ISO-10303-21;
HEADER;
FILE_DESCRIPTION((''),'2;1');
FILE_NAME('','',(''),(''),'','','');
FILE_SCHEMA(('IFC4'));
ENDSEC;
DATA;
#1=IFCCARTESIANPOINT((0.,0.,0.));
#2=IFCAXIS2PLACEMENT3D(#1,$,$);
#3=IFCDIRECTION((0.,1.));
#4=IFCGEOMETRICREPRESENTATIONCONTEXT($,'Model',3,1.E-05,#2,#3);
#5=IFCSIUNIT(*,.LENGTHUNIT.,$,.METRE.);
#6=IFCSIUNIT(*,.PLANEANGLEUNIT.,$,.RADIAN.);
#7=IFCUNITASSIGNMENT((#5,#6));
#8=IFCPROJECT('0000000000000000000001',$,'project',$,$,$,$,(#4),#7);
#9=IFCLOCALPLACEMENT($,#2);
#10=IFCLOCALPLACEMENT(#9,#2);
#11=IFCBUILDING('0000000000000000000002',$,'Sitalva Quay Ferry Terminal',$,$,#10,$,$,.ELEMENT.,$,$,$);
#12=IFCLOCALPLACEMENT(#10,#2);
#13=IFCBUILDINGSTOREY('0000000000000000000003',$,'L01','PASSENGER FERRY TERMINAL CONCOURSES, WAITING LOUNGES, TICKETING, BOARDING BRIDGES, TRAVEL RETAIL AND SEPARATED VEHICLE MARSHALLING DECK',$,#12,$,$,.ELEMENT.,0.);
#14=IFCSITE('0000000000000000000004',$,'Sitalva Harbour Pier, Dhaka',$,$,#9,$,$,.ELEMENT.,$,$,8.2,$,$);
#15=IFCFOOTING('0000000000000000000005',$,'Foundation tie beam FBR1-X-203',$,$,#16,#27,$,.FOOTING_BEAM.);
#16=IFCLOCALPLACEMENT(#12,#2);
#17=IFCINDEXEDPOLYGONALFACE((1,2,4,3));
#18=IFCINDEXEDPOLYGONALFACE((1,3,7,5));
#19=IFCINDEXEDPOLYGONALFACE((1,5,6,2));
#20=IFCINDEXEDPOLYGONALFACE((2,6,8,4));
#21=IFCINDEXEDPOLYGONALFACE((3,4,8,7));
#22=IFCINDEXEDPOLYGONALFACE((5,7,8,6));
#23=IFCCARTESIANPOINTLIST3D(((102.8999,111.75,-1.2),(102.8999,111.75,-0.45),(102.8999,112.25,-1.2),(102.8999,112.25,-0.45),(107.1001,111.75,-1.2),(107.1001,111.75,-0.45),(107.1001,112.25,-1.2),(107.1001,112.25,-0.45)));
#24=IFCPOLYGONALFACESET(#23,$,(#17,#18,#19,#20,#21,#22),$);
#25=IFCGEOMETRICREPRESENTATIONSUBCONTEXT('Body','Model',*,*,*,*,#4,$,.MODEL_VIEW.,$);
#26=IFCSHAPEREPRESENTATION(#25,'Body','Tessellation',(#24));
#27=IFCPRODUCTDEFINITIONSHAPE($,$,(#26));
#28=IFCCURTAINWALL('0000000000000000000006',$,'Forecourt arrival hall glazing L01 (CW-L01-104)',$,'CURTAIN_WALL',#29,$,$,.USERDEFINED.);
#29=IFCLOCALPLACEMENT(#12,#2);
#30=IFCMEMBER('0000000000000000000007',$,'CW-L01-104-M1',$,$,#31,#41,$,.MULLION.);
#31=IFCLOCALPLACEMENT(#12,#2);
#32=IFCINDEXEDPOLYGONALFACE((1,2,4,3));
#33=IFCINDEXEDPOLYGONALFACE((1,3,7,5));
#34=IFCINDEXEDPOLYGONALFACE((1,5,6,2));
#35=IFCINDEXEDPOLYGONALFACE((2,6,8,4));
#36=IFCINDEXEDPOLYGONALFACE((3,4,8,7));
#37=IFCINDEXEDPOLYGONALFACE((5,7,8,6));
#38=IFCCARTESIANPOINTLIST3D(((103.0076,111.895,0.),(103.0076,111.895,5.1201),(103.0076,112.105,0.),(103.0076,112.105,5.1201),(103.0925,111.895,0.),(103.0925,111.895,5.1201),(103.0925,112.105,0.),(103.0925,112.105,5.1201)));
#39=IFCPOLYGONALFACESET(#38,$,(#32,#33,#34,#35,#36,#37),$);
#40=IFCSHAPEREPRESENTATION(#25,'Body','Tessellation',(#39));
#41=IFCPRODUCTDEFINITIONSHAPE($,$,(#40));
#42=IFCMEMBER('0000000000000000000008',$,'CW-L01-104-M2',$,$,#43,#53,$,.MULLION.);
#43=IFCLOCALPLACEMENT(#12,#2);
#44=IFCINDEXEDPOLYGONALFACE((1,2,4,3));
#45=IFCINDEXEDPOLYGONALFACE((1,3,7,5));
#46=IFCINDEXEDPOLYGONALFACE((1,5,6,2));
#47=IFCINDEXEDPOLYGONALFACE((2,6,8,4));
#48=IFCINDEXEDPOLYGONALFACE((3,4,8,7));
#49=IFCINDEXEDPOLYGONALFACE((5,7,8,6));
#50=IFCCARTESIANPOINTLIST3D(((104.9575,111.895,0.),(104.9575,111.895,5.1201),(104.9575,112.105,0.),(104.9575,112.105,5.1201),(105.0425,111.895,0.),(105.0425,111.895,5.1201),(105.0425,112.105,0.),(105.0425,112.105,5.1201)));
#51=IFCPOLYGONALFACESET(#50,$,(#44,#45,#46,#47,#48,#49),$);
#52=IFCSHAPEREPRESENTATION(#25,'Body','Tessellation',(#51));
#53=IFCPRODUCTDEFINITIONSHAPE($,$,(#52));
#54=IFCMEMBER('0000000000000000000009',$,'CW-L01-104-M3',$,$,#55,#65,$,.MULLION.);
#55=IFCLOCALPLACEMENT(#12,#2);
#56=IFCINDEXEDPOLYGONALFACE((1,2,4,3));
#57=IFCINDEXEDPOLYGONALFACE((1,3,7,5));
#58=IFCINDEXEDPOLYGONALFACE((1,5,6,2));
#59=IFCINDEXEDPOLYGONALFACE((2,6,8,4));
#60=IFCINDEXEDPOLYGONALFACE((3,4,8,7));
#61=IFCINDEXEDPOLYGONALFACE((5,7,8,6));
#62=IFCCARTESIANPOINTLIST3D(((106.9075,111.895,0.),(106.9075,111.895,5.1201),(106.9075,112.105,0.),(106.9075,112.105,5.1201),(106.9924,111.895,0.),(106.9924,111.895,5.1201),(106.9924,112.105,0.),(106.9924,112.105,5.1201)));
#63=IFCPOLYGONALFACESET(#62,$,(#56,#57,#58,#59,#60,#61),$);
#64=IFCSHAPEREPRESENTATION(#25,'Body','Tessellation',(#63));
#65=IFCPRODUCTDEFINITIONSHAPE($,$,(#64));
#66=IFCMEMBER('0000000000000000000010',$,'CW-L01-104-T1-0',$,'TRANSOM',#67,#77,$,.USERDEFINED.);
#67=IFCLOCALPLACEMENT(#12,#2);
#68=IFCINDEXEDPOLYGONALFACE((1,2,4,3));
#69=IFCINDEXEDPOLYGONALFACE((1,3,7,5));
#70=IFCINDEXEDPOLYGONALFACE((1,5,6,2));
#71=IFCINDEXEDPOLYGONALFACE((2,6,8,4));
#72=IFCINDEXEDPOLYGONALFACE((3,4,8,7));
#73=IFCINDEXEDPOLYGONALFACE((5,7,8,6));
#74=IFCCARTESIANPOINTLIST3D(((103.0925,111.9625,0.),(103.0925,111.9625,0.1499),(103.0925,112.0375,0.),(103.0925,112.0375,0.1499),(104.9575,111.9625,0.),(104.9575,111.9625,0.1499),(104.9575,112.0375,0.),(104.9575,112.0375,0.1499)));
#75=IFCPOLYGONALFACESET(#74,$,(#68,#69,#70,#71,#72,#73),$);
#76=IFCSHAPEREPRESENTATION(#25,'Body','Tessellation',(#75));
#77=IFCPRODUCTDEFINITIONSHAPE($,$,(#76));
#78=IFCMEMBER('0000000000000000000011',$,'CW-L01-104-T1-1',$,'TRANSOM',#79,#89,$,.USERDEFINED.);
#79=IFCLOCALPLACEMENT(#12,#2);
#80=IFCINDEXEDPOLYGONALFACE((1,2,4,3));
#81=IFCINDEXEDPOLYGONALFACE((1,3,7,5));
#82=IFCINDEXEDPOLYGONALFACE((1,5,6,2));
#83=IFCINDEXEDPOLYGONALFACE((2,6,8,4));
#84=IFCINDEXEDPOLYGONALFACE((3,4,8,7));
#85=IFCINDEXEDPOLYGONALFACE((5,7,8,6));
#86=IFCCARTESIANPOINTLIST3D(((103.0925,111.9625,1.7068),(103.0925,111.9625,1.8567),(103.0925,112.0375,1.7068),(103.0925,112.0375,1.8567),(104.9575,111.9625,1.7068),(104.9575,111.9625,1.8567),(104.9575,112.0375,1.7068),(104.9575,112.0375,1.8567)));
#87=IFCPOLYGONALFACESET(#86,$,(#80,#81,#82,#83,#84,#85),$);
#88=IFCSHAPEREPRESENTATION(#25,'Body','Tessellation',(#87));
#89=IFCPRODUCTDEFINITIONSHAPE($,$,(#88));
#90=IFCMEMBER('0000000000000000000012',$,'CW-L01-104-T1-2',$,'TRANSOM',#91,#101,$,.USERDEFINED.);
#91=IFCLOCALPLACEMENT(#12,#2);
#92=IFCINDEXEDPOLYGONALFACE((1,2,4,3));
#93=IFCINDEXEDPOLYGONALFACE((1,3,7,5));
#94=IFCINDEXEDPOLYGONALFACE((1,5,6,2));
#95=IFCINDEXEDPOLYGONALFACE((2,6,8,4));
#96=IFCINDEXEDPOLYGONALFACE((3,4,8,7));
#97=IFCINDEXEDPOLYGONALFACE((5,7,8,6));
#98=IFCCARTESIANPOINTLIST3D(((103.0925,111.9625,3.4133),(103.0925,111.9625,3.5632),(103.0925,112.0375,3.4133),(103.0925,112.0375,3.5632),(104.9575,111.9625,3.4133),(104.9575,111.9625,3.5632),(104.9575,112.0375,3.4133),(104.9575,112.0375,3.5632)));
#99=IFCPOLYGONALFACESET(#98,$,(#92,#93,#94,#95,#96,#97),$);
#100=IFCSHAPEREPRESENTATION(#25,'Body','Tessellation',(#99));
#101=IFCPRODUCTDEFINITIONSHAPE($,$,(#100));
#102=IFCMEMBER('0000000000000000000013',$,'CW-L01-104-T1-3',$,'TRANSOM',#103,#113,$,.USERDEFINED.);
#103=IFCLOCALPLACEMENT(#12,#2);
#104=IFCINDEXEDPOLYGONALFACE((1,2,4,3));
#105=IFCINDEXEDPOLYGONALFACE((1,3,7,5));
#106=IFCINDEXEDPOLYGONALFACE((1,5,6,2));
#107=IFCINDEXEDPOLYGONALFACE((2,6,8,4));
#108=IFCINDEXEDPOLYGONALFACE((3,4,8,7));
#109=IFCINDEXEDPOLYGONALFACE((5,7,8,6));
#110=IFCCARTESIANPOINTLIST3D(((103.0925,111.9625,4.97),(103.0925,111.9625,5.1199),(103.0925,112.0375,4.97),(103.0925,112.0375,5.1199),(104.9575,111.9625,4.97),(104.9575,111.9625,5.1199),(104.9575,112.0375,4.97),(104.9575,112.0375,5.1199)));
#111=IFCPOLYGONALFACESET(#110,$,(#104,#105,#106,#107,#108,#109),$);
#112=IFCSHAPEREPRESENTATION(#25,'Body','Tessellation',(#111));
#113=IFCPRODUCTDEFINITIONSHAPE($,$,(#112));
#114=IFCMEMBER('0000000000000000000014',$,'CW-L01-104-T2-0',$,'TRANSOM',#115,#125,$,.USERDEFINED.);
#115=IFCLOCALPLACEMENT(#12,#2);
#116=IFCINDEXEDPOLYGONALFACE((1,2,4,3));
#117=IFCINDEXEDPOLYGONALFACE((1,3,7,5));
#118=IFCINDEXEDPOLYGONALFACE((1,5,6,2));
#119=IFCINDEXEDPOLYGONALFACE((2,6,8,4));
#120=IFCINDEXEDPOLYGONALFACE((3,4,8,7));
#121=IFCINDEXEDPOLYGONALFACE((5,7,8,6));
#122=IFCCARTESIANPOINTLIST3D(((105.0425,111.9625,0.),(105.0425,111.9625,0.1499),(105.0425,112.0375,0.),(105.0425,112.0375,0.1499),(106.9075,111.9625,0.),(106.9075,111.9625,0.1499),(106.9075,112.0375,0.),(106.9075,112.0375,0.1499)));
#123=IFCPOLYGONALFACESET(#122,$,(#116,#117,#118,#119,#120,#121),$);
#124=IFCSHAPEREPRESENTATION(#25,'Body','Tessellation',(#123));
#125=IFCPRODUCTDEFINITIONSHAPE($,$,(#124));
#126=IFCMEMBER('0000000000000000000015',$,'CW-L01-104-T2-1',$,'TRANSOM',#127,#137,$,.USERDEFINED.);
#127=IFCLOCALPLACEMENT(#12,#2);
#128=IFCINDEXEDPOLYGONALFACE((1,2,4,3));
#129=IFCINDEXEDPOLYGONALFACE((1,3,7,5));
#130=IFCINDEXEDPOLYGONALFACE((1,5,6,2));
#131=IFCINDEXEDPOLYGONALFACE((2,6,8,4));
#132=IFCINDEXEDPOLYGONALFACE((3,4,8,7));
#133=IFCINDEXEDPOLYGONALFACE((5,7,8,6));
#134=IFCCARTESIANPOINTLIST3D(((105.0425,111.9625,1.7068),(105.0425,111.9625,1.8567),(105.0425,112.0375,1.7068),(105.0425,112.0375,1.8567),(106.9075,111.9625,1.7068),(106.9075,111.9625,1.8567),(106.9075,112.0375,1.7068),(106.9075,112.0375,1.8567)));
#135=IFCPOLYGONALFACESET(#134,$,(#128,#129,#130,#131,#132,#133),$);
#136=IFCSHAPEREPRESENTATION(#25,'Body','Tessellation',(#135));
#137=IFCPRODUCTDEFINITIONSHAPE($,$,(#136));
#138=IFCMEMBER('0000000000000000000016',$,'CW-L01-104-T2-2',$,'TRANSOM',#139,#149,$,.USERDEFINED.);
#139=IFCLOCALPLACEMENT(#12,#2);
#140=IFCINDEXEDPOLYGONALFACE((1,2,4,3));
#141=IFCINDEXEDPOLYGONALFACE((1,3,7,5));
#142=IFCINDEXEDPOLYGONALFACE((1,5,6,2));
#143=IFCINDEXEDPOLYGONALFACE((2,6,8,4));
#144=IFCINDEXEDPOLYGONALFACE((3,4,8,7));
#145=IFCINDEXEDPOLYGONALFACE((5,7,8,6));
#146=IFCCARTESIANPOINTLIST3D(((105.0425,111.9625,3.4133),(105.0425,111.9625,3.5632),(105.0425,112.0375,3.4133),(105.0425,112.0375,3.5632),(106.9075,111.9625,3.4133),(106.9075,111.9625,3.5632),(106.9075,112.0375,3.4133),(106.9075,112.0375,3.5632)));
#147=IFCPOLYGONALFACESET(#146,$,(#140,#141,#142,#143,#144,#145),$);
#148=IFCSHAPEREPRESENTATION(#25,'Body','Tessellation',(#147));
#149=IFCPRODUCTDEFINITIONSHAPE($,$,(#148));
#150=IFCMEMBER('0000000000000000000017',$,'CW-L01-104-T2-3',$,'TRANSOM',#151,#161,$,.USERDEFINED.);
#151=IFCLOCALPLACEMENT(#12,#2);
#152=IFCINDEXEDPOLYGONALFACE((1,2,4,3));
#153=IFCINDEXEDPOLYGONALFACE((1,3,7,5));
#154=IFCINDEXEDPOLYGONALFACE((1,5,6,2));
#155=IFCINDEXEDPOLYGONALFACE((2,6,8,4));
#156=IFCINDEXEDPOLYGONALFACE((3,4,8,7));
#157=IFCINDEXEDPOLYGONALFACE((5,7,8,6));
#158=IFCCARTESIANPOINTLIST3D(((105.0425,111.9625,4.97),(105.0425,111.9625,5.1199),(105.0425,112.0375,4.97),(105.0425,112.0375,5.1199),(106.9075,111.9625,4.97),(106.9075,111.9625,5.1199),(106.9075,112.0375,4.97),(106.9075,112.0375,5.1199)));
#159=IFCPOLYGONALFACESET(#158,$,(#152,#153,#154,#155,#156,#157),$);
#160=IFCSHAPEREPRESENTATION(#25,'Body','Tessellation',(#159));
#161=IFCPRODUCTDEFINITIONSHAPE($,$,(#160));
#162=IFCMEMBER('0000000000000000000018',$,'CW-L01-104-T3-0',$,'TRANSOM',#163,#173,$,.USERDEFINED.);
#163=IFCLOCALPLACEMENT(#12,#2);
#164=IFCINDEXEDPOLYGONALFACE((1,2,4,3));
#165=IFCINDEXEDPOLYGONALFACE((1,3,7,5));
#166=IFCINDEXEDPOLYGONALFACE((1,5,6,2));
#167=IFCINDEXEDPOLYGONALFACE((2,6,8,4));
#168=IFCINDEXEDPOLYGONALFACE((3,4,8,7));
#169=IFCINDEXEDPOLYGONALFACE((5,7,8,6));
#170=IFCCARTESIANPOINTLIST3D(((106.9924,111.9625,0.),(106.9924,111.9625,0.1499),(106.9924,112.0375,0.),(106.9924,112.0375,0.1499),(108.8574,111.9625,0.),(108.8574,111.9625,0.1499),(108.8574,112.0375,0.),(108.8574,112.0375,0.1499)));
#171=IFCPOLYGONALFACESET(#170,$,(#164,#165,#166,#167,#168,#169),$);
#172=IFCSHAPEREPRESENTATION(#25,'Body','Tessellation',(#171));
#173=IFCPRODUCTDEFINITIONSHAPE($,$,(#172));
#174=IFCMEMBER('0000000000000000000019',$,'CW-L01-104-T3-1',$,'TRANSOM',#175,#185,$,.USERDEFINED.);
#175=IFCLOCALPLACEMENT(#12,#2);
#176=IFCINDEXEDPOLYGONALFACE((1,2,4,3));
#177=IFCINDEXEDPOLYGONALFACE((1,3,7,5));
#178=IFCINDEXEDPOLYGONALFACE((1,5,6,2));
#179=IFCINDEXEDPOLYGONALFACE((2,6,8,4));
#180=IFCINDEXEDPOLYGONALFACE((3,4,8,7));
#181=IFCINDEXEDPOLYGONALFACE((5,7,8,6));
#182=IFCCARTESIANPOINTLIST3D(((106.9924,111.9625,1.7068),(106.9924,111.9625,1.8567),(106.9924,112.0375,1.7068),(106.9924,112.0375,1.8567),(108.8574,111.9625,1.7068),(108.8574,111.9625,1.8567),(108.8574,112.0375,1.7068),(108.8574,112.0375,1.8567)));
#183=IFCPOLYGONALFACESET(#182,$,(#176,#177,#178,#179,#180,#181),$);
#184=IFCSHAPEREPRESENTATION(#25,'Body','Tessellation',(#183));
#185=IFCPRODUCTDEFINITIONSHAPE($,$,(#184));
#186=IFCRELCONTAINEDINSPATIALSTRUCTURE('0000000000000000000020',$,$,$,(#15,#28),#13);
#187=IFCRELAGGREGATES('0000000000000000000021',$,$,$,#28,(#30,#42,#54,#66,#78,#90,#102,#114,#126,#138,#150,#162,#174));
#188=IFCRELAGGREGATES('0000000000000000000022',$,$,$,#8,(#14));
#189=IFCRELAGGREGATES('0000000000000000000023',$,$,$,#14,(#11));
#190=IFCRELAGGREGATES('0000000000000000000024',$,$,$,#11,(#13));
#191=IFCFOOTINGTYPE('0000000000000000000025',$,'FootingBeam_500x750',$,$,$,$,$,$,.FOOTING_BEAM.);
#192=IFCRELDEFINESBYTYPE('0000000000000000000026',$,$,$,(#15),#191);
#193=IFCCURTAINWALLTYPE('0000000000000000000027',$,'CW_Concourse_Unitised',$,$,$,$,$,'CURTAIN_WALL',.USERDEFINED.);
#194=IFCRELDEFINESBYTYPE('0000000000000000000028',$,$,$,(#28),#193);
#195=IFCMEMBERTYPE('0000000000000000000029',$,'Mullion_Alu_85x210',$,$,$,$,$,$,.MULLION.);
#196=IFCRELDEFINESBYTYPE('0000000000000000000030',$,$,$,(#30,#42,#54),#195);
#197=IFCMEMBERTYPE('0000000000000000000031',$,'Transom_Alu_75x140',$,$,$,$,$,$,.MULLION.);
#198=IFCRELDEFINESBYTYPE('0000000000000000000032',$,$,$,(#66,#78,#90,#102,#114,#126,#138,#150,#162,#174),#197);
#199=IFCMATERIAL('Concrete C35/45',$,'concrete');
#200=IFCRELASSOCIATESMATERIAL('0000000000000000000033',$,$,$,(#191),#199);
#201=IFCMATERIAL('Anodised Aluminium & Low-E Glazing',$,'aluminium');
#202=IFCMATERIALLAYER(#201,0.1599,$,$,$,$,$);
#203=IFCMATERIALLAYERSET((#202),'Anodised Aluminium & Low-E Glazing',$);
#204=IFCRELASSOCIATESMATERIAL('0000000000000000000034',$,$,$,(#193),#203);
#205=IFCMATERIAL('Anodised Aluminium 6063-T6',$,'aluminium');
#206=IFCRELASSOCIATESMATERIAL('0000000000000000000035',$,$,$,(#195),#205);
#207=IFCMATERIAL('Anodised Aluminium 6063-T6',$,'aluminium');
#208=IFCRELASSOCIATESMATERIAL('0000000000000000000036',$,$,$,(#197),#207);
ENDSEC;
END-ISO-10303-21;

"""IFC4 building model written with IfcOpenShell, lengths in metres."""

from ifc_helpers import new_model, si_unit, direction, frame, origin, origin_2d, place, context, subcontext, project, spatial, rectangle, extrude, material, layer, layer_set, material_profile, profile_set, type_object, element, aggregate, save


model = new_model("IFC4")

# Units and contexts
model_context = context("Model", 3, precision=1e-05, world=origin(), true_north=direction((0.0, 1.0)))
body_context = subcontext(model_context, "Body", "Model", "MODEL_VIEW")
ifc_project = project(units=[si_unit("LENGTHUNIT", "METRE"), si_unit("PLANEANGLEUNIT", "RADIAN")], contexts=[model_context])

# Site, building, storey
site_placement = place(None, origin())
site = spatial("IfcSite", under=ifc_project, at=site_placement, Name="Sitalva Harbour Pier, Dhaka", CompositionType="ELEMENT", RefElevation=8.2)
building_placement = place(site_placement, origin())
building = spatial("IfcBuilding", under=site, at=building_placement, Name="Sitalva Quay Ferry Terminal", CompositionType="ELEMENT")
storey_placement = place(building_placement, origin())
storey = spatial("IfcBuildingStorey", under=building, at=storey_placement, Name="L01", Description="PASSENGER FERRY TERMINAL CONCOURSES, WAITING LOUNGES, TICKETING, BOARDING BRIDGES, TRAVEL RETAIL AND SEPARATED VEHICLE MARSHALLING DECK", CompositionType="ELEMENT", Elevation=0.0)

# Footing
ifc_material_1 = material(Name="Concrete C35/45", Category="concrete")
ifc_material_profile_1 = material_profile(ifc_material_1, rectangle(XDim=0.5, YDim=0.75, at=origin_2d()), Name="RC500x750")
ifc_profile_set_1 = profile_set([ifc_material_profile_1], Name="Concrete C35/45")
footing_type = type_object("IfcFootingType", Name="FootingBeam_500x750", PredefinedType="FOOTING_BEAM", material=ifc_profile_set_1)
footing_placement = place(storey_placement, frame((102.8999, 112.0, -0.825), z_axis=(1.0, 0.0, 0.0), x_axis=(0.0, 1.0, 0.0)))
element("IfcFooting", 1, at=footing_placement, inside=storey, type_object=footing_type, Name="Foundation tie beam FBR1-X-203", PredefinedType="FOOTING_BEAM", context=body_context, shape_type="SweptSolid", body=[
    extrude(rectangle(XDim=0.5, YDim=0.75, at=origin_2d()), origin(), (0.0, 0.0, 1.0), 4.2002),
])

# Curtain wall, members
ifc_material_2 = material(Name="Anodised Aluminium & Low-E Glazing", Category="aluminium")
ifc_layer_1 = layer(ifc_material_2, 0.1599)
ifc_layer_set_1 = layer_set([ifc_layer_1], Name="Anodised Aluminium & Low-E Glazing")
curtain_wall_type = type_object("IfcCurtainWallType", Name="CW_Concourse_Unitised", ElementType="CURTAIN_WALL", PredefinedType="USERDEFINED", material=ifc_layer_set_1)
curtain_wall_placement = place(storey_placement, origin())
curtain_wall = element("IfcCurtainWall", 2, at=curtain_wall_placement, inside=storey, type_object=curtain_wall_type, Name="Forecourt arrival hall glazing L01 (CW-L01-104)", ObjectType="CURTAIN_WALL", PredefinedType="USERDEFINED")
ifc_material_3 = material(Name="Anodised Aluminium 6063-T6", Category="aluminium")
ifc_material_profile_2 = material_profile(ifc_material_3, rectangle(XDim=0.085, YDim=0.21, at=origin_2d()), Name="ALU85x210")
ifc_profile_set_2 = profile_set([ifc_material_profile_2], Name="Anodised Aluminium 6063-T6")
member_type_1 = type_object("IfcMemberType", Name="Mullion_Alu_85x210", PredefinedType="MULLION", material=ifc_profile_set_2)
member_1_placement = place(storey_placement, frame((103.05, 112.0, 0.0), z_axis=(0.0, 0.0, 1.0), x_axis=(1.0, 0.0, 0.0)))
member_1 = element("IfcMember", 3, at=member_1_placement, type_object=member_type_1, Name="CW-L01-104-M1", PredefinedType="MULLION", context=body_context, shape_type="SweptSolid", body=[
    extrude(rectangle(XDim=0.085, YDim=0.21, at=origin_2d()), origin(), (0.0, 0.0, 1.0), 5.1201),
])
member_2_placement = place(storey_placement, frame((105.0, 112.0, 0.0), z_axis=(0.0, 0.0, 1.0), x_axis=(1.0, 0.0, 0.0)))
member_2 = element("IfcMember", 4, at=member_2_placement, type_object=member_type_1, Name="CW-L01-104-M2", PredefinedType="MULLION", context=body_context, shape_type="SweptSolid", body=[
    extrude(rectangle(XDim=0.085, YDim=0.21, at=origin_2d()), origin(), (0.0, 0.0, 1.0), 5.1201),
])
member_3_placement = place(storey_placement, frame((106.95, 112.0, 0.0), z_axis=(0.0, 0.0, 1.0), x_axis=(1.0, 0.0, 0.0)))
member_3 = element("IfcMember", 5, at=member_3_placement, type_object=member_type_1, Name="CW-L01-104-M3", PredefinedType="MULLION", context=body_context, shape_type="SweptSolid", body=[
    extrude(rectangle(XDim=0.085, YDim=0.21, at=origin_2d()), origin(), (0.0, 0.0, 1.0), 5.1201),
])
ifc_material_4 = material(Name="Anodised Aluminium 6063-T6", Category="aluminium")
ifc_material_profile_3 = material_profile(ifc_material_4, rectangle(XDim=0.075, YDim=0.1499, at=origin_2d()), Name="ALU75x150")
ifc_profile_set_3 = profile_set([ifc_material_profile_3], Name="Anodised Aluminium 6063-T6")
member_type_2 = type_object("IfcMemberType", Name="Transom_Alu_75x140", PredefinedType="MULLION", material=ifc_profile_set_3)
member_4_placement = place(storey_placement, frame((103.0925, 112.0, 0.075), z_axis=(1.0, 0.0, 0.0), x_axis=(0.0, 1.0, 0.0)))
member_4 = element("IfcMember", 6, at=member_4_placement, type_object=member_type_2, Name="CW-L01-104-T1-0", ObjectType="TRANSOM", PredefinedType="USERDEFINED", context=body_context, shape_type="SweptSolid", body=[
    extrude(rectangle(XDim=0.075, YDim=0.1499, at=origin_2d()), origin(), (0.0, 0.0, 1.0), 1.865),
])
member_5_placement = place(storey_placement, frame((103.0925, 112.0, 1.7817), z_axis=(1.0, 0.0, 0.0), x_axis=(0.0, 1.0, 0.0)))
member_5 = element("IfcMember", 7, at=member_5_placement, type_object=member_type_2, Name="CW-L01-104-T1-1", ObjectType="TRANSOM", PredefinedType="USERDEFINED", context=body_context, shape_type="SweptSolid", body=[
    extrude(rectangle(XDim=0.075, YDim=0.1499, at=origin_2d()), origin(), (0.0, 0.0, 1.0), 1.865),
])
member_6_placement = place(storey_placement, frame((103.0925, 112.0, 3.4883), z_axis=(1.0, 0.0, 0.0), x_axis=(0.0, 1.0, 0.0)))
member_6 = element("IfcMember", 8, at=member_6_placement, type_object=member_type_2, Name="CW-L01-104-T1-2", ObjectType="TRANSOM", PredefinedType="USERDEFINED", context=body_context, shape_type="SweptSolid", body=[
    extrude(rectangle(XDim=0.075, YDim=0.1499, at=origin_2d()), origin(), (0.0, 0.0, 1.0), 1.865),
])
member_7_placement = place(storey_placement, frame((103.0925, 112.0, 5.0449), z_axis=(1.0, 0.0, 0.0), x_axis=(0.0, 1.0, 0.0)))
member_7 = element("IfcMember", 9, at=member_7_placement, type_object=member_type_2, Name="CW-L01-104-T1-3", ObjectType="TRANSOM", PredefinedType="USERDEFINED", context=body_context, shape_type="SweptSolid", body=[
    extrude(rectangle(XDim=0.075, YDim=0.1499, at=origin_2d()), origin(), (0.0, 0.0, 1.0), 1.865),
])
member_8_placement = place(storey_placement, frame((105.0425, 112.0, 0.075), z_axis=(1.0, 0.0, 0.0), x_axis=(0.0, 1.0, 0.0)))
member_8 = element("IfcMember", 10, at=member_8_placement, type_object=member_type_2, Name="CW-L01-104-T2-0", ObjectType="TRANSOM", PredefinedType="USERDEFINED", context=body_context, shape_type="SweptSolid", body=[
    extrude(rectangle(XDim=0.075, YDim=0.1499, at=origin_2d()), origin(), (0.0, 0.0, 1.0), 1.865),
])
member_9_placement = place(storey_placement, frame((105.0425, 112.0, 1.7817), z_axis=(1.0, 0.0, 0.0), x_axis=(0.0, 1.0, 0.0)))
member_9 = element("IfcMember", 11, at=member_9_placement, type_object=member_type_2, Name="CW-L01-104-T2-1", ObjectType="TRANSOM", PredefinedType="USERDEFINED", context=body_context, shape_type="SweptSolid", body=[
    extrude(rectangle(XDim=0.075, YDim=0.1499, at=origin_2d()), origin(), (0.0, 0.0, 1.0), 1.865),
])
member_10_placement = place(storey_placement, frame((105.0425, 112.0, 3.4883), z_axis=(1.0, 0.0, 0.0), x_axis=(0.0, 1.0, 0.0)))
member_10 = element("IfcMember", 12, at=member_10_placement, type_object=member_type_2, Name="CW-L01-104-T2-2", ObjectType="TRANSOM", PredefinedType="USERDEFINED", context=body_context, shape_type="SweptSolid", body=[
    extrude(rectangle(XDim=0.075, YDim=0.1499, at=origin_2d()), origin(), (0.0, 0.0, 1.0), 1.865),
])
member_11_placement = place(storey_placement, frame((105.0425, 112.0, 5.0449), z_axis=(1.0, 0.0, 0.0), x_axis=(0.0, 1.0, 0.0)))
member_11 = element("IfcMember", 13, at=member_11_placement, type_object=member_type_2, Name="CW-L01-104-T2-3", ObjectType="TRANSOM", PredefinedType="USERDEFINED", context=body_context, shape_type="SweptSolid", body=[
    extrude(rectangle(XDim=0.075, YDim=0.1499, at=origin_2d()), origin(), (0.0, 0.0, 1.0), 1.865),
])
member_12_placement = place(storey_placement, frame((106.9924, 112.0, 0.075), z_axis=(1.0, 0.0, 0.0), x_axis=(0.0, 1.0, 0.0)))
member_12 = element("IfcMember", 14, at=member_12_placement, type_object=member_type_2, Name="CW-L01-104-T3-0", ObjectType="TRANSOM", PredefinedType="USERDEFINED", context=body_context, shape_type="SweptSolid", body=[
    extrude(rectangle(XDim=0.075, YDim=0.1499, at=origin_2d()), origin(), (0.0, 0.0, 1.0), 1.865),
])
member_13_placement = place(storey_placement, frame((106.9924, 112.0, 1.7817), z_axis=(1.0, 0.0, 0.0), x_axis=(0.0, 1.0, 0.0)))
member_13 = element("IfcMember", 15, at=member_13_placement, type_object=member_type_2, Name="CW-L01-104-T3-1", ObjectType="TRANSOM", PredefinedType="USERDEFINED", context=body_context, shape_type="SweptSolid", body=[
    extrude(rectangle(XDim=0.075, YDim=0.1499, at=origin_2d()), origin(), (0.0, 0.0, 1.0), 1.865),
])
aggregate(curtain_wall, [member_1, member_2, member_3, member_4, member_5, member_6, member_7, member_8, member_9, member_10, member_11, member_12, member_13])

save(model, "model.ifc")
